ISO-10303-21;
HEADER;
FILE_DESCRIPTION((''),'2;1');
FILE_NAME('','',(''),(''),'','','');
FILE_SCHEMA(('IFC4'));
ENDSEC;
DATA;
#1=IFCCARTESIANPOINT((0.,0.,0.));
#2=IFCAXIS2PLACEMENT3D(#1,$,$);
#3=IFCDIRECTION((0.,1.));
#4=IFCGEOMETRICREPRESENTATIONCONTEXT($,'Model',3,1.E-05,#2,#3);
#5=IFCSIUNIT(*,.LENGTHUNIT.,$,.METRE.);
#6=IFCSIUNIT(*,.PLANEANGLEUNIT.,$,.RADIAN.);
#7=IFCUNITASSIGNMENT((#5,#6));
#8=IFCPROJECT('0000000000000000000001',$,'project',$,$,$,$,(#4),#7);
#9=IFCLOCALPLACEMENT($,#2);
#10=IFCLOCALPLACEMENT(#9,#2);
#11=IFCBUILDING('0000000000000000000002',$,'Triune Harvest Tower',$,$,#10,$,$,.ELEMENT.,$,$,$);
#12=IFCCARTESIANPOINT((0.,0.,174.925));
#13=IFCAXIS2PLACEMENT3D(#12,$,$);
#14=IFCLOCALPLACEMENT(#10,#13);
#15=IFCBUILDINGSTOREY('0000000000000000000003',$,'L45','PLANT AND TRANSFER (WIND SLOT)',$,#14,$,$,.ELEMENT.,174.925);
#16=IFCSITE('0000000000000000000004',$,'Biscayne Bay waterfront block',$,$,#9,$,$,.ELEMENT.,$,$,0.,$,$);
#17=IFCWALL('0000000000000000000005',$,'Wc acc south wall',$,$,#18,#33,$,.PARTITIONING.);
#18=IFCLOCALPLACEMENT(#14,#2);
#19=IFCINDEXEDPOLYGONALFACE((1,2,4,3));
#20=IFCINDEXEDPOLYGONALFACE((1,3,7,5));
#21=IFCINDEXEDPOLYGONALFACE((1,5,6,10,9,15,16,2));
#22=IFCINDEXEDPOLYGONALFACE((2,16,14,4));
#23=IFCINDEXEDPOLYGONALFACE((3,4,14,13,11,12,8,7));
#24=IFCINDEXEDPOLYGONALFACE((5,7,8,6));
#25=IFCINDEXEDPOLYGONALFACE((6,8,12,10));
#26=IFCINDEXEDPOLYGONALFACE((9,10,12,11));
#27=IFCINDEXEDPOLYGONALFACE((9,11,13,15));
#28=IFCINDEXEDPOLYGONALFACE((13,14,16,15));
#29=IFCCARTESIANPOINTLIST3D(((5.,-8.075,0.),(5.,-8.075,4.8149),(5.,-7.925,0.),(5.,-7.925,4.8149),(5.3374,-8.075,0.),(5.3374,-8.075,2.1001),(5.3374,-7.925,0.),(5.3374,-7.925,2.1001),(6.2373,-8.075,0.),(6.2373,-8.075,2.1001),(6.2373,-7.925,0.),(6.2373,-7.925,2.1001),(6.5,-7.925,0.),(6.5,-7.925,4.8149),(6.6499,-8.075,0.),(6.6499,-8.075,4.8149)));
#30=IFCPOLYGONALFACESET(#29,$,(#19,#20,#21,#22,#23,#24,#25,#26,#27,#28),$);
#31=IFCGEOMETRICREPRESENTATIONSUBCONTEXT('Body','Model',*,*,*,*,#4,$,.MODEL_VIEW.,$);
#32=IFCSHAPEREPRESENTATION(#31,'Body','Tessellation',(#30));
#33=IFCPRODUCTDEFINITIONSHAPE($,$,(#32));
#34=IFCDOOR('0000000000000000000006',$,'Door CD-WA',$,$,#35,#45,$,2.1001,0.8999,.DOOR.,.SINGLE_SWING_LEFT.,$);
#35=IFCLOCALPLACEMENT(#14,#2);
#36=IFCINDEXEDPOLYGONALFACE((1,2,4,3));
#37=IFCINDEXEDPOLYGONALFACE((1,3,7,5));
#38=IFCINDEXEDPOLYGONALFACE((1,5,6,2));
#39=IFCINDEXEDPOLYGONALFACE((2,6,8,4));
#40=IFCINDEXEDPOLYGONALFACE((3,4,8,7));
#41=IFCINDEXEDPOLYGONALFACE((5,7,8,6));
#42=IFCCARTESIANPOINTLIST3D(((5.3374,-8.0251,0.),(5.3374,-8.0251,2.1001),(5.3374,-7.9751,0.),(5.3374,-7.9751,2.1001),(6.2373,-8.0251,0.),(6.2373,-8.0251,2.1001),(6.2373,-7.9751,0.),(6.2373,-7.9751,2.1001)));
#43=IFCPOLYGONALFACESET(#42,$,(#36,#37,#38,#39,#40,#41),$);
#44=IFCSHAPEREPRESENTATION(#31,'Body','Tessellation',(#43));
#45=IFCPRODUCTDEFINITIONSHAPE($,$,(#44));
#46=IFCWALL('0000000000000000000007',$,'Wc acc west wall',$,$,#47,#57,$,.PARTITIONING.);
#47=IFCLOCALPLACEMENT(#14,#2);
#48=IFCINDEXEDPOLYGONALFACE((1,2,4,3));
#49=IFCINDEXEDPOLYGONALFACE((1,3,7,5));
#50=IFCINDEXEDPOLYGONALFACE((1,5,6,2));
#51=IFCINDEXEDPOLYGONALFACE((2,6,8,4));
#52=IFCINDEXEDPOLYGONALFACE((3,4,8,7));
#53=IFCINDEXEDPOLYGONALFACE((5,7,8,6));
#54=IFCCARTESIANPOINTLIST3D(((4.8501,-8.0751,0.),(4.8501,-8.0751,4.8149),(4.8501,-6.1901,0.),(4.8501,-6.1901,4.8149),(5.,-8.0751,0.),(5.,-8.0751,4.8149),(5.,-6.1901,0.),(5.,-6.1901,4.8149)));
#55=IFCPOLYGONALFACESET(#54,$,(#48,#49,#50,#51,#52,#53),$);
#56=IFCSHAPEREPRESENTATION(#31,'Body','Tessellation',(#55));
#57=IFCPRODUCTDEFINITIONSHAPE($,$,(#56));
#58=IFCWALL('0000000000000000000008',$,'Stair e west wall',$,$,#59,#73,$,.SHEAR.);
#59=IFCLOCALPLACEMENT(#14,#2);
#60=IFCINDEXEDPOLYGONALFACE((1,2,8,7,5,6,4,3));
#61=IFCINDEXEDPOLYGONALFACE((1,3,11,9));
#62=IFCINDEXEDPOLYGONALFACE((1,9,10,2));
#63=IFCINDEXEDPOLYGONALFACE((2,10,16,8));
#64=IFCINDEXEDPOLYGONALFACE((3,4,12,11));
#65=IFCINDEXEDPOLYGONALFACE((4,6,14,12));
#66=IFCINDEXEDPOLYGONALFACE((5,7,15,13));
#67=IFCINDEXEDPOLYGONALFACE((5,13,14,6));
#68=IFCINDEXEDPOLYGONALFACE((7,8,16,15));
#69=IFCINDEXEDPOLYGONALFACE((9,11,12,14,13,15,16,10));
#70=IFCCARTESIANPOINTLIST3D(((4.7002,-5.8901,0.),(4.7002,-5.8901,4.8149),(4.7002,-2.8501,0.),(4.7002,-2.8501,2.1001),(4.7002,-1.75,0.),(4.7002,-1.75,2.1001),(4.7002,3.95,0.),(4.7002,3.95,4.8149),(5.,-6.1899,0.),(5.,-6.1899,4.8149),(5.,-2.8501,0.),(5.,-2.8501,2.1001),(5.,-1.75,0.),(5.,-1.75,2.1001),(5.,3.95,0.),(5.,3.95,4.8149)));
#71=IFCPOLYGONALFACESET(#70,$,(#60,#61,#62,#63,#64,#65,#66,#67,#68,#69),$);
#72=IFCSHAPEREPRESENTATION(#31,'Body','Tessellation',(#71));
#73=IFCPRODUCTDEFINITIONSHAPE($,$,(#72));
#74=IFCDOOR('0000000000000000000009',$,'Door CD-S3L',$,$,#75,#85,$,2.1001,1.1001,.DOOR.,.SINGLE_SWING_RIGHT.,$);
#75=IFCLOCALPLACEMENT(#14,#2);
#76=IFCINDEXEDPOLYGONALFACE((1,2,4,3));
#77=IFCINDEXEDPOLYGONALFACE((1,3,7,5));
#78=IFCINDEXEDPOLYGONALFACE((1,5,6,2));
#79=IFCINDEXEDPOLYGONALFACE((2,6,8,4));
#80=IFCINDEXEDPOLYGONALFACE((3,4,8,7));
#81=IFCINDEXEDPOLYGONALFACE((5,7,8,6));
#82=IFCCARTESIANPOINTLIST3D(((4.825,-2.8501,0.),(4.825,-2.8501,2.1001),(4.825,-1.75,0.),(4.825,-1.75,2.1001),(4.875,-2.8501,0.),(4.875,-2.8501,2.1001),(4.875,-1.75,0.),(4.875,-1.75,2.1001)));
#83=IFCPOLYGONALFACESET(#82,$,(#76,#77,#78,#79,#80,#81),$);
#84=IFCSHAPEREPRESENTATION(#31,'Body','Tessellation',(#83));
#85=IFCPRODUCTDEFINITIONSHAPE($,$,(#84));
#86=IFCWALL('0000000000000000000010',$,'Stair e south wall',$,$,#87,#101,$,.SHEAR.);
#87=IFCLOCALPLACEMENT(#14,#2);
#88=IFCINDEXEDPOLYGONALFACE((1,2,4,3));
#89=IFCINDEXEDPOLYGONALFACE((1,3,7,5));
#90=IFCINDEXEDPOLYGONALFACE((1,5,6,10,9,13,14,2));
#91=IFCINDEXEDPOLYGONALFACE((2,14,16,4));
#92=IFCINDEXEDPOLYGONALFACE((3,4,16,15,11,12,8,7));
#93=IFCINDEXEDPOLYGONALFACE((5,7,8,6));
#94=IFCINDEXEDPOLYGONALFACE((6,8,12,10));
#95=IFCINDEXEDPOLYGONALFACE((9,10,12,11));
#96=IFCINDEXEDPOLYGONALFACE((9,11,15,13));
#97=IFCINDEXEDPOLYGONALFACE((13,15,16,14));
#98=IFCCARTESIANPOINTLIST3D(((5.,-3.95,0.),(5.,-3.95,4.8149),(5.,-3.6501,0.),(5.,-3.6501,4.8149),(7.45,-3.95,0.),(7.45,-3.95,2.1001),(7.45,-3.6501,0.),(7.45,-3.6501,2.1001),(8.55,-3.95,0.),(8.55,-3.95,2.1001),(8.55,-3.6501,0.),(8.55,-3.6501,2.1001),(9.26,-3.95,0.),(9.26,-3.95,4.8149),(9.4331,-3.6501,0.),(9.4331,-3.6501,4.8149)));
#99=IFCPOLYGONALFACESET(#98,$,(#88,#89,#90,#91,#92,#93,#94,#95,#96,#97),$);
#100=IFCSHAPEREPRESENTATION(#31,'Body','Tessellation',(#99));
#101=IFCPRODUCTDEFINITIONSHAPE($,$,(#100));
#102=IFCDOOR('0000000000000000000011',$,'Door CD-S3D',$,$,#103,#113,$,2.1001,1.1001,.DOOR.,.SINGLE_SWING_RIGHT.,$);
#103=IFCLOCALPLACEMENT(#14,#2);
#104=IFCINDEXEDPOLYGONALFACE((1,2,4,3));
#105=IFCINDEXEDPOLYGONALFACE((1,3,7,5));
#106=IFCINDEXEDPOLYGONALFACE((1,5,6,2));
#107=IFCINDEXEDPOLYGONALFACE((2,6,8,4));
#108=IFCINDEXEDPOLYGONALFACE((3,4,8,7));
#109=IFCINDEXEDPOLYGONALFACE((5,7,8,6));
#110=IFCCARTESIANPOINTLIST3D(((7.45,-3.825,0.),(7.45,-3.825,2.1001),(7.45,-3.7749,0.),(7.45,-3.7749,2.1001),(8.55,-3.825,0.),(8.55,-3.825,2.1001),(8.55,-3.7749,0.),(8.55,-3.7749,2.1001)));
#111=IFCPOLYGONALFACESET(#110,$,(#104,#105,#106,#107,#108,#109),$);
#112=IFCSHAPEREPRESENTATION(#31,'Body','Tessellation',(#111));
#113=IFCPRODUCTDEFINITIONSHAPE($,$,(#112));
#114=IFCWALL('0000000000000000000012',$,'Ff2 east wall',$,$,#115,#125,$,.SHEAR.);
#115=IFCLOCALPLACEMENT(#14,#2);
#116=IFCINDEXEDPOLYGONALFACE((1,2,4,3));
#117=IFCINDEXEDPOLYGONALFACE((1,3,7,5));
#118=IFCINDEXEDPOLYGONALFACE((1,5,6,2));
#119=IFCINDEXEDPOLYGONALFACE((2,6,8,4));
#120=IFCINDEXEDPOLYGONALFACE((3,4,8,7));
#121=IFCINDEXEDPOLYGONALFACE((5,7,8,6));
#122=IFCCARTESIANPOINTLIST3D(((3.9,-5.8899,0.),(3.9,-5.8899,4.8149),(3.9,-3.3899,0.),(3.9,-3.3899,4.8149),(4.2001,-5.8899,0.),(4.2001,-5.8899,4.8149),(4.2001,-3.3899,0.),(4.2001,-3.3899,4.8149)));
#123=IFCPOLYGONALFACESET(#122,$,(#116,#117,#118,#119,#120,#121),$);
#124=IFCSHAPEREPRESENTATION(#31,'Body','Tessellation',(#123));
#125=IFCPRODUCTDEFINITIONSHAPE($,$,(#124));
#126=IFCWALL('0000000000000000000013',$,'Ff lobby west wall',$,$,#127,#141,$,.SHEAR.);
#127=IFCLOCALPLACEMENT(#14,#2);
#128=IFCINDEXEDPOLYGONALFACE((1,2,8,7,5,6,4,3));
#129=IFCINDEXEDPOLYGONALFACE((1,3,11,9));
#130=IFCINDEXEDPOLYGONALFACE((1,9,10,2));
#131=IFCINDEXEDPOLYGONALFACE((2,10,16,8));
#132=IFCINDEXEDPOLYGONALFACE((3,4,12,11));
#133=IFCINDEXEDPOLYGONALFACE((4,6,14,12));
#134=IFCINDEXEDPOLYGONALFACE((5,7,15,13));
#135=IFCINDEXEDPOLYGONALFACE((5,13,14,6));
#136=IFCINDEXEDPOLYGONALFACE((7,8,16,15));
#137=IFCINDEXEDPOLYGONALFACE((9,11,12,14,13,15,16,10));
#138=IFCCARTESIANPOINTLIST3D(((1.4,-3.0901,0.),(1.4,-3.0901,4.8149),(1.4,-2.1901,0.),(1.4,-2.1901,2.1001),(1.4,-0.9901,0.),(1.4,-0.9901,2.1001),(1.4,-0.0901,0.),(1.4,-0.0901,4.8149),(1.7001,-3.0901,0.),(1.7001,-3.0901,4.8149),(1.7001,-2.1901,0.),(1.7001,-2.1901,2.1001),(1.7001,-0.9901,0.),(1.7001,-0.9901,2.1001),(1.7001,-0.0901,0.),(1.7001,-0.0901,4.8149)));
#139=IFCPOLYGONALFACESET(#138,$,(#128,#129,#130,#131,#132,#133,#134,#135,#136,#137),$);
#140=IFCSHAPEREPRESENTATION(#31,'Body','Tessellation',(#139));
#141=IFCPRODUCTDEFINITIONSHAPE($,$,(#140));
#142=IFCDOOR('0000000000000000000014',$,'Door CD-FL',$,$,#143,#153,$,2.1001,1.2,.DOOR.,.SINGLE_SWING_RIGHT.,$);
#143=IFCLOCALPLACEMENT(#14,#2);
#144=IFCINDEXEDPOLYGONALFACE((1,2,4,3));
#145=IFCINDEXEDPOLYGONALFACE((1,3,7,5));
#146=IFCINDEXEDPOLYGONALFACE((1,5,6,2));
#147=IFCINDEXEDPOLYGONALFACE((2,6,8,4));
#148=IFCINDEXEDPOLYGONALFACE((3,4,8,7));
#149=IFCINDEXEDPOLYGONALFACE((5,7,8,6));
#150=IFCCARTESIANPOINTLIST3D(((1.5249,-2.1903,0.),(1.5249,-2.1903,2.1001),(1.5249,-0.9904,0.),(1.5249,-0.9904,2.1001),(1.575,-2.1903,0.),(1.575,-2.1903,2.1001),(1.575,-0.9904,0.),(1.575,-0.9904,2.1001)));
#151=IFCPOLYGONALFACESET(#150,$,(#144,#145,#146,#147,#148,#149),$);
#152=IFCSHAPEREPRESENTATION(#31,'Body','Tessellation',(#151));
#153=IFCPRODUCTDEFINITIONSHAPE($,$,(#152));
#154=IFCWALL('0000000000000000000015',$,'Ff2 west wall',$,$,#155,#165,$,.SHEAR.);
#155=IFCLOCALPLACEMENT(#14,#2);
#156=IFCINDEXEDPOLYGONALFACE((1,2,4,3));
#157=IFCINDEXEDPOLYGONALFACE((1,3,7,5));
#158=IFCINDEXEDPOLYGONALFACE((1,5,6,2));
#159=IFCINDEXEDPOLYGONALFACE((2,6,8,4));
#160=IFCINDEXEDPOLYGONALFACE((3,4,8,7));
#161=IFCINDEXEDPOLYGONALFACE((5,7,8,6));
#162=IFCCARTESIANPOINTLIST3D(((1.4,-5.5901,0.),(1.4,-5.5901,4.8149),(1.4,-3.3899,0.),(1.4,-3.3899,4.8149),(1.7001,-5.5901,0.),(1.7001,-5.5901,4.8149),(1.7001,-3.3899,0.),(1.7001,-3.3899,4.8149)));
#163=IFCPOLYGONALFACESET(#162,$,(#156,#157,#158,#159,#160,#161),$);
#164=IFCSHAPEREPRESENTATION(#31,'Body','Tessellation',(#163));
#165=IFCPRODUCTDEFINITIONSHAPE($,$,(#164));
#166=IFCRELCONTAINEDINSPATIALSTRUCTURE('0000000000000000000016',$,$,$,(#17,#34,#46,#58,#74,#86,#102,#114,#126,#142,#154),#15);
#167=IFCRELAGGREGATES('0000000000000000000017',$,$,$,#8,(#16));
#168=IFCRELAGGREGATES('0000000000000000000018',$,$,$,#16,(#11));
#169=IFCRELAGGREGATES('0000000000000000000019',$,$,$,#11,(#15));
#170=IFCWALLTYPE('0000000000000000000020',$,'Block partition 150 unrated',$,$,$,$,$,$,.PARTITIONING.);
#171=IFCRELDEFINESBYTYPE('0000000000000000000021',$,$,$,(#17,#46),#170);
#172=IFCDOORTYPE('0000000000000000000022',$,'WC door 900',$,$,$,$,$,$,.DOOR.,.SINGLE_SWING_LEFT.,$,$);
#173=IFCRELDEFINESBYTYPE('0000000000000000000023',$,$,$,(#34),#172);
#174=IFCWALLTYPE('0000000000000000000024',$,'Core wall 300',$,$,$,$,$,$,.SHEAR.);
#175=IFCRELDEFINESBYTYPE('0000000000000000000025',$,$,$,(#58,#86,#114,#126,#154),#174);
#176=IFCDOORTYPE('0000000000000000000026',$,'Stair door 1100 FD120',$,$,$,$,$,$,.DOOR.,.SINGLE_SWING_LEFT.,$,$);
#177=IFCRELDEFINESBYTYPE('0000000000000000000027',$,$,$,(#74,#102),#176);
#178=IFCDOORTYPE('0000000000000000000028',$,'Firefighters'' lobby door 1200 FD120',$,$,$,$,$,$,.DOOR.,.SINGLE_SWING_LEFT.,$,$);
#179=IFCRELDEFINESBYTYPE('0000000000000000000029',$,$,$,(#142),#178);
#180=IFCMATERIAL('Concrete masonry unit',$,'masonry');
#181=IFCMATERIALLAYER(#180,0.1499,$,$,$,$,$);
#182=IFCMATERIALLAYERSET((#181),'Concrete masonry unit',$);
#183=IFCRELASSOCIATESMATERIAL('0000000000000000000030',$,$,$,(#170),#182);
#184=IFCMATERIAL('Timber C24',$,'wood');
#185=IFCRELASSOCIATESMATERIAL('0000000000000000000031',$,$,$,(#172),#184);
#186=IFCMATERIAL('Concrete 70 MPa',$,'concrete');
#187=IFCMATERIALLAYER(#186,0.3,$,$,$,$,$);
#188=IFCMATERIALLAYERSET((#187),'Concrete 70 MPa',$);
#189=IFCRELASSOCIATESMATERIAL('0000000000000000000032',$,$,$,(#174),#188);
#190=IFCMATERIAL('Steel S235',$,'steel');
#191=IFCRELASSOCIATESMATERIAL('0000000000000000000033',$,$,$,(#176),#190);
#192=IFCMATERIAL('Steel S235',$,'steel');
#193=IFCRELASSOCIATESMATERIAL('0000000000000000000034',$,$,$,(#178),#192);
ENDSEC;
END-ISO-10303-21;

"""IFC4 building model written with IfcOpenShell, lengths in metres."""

from ifc_helpers import new_model, si_unit, direction, frame, frame_2d, origin, place, context, subcontext, project, spatial, polyline, rectangle, outline, extrude, source, transform, mapped, material, layer, layer_set, type_object, element, fill, save


model = new_model("IFC4")

# Units and contexts
model_context = context("Model", 3, precision=1e-05, world=origin(), true_north=direction((0.0, 1.0)))
body_context = subcontext(model_context, "Body", "Model", "MODEL_VIEW")
ifc_project = project(units=[si_unit("LENGTHUNIT", "METRE"), si_unit("PLANEANGLEUNIT", "RADIAN")], contexts=[model_context])

# Site, building, storey
site_placement = place(None, origin())
site = spatial("IfcSite", under=ifc_project, at=site_placement, Name="Biscayne Bay waterfront block", CompositionType="ELEMENT", RefElevation=0.0)
building_placement = place(site_placement, origin())
building = spatial("IfcBuilding", under=site, at=building_placement, Name="Triune Harvest Tower", CompositionType="ELEMENT")
storey_placement = place(building_placement, frame((0.0, 0.0, 174.925)))
storey = spatial("IfcBuildingStorey", under=building, at=storey_placement, Name="L45", Description="PLANT AND TRANSFER (WIND SLOT)", CompositionType="ELEMENT", Elevation=174.925)

# Wall, opening, door
ifc_material_1 = material(Name="Concrete masonry unit", Category="masonry")
ifc_layer_1 = layer(ifc_material_1, 0.1499)
ifc_layer_set_1 = layer_set([ifc_layer_1], Name="Concrete masonry unit")
wall_type_1 = type_object("IfcWallType", Name="Block partition 150 unrated", PredefinedType="PARTITIONING", material=ifc_layer_set_1)
wall_1_placement = place(storey_placement, frame((5.0, -8.0, 0.0), z_axis=(0.0, 0.0, 1.0), x_axis=(1.0, 0.0, 0.0)))
wall_1 = element("IfcWall", 1, at=wall_1_placement, inside=storey, type_object=wall_type_1, Name="Wc acc south wall", PredefinedType="PARTITIONING", context=body_context, shape_type="SweptSolid", body=[
    extrude(outline(polyline([(0.0, -0.075), (1.6499, -0.075), (1.5, 0.075), (0.0, 0.075), (0.0, -0.075)])), origin(), (0.0, 0.0, 1.0), 4.8149),
])
opening_1_placement = place(wall_1_placement, frame((0.3374, 0.0, 0.0)))
opening_1 = element("IfcOpeningElement", 2, at=opening_1_placement, cuts=wall_1, PredefinedType="OPENING", context=body_context, shape_type="SweptSolid", body=[
    extrude(rectangle(XDim=0.8999, YDim=2.1001, at=frame_2d((0.45, 1.05))), frame((0.0, 0.085, 0.0), z_axis=(0.0, -1.0, 0.0), x_axis=(1.0, 0.0, 0.0)), (0.0, 0.0, 1.0), 0.1699),
])
ifc_material_2 = material(Name="Timber C24", Category="wood")
door_type_1 = type_object("IfcDoorType", Name="WC door 900", OperationType="SINGLE_SWING_LEFT", PredefinedType="DOOR", material=ifc_material_2)
door_1_placement = place(opening_1_placement, origin())
door_1 = element("IfcDoor", 3, at=door_1_placement, inside=storey, type_object=door_type_1, Name="Door CD-WA", OperationType="SINGLE_SWING_LEFT", OverallHeight=2.1001, OverallWidth=0.8999, PredefinedType="DOOR", context=body_context, shape_type="SweptSolid", body=[
    extrude(rectangle(XDim=0.8999, YDim=2.1001, at=frame_2d((0.45, 1.05))), frame((0.0, 0.0249, 0.0), z_axis=(0.0, -1.0, 0.0), x_axis=(1.0, 0.0, 0.0)), (0.0, 0.0, 1.0), 0.05),
])
fill(opening_1, door_1)

# Wall
wall_2_placement = place(storey_placement, frame((4.925, -8.075, 0.0), z_axis=(0.0, 0.0, 1.0), x_axis=(0.0, 1.0, 0.0)))
element("IfcWall", 4, at=wall_2_placement, inside=storey, type_object=wall_type_1, Name="Wc acc west wall", PredefinedType="PARTITIONING", context=body_context, shape_type="SweptSolid", body=[
    extrude(rectangle(XDim=1.885, YDim=0.1499, at=frame_2d((0.9424, 0.0))), origin(), (0.0, 0.0, 1.0), 4.8149),
])

# Walls, openings, doors
ifc_material_3 = material(Name="Concrete 70 MPa", Category="concrete")
ifc_layer_2 = layer(ifc_material_3, 0.3)
ifc_layer_set_2 = layer_set([ifc_layer_2], Name="Concrete 70 MPa")
wall_type_2 = type_object("IfcWallType", Name="Core wall 300", PredefinedType="SHEAR", material=ifc_layer_set_2)
wall_3_placement = place(storey_placement, frame((4.8501, -6.04, 0.0), z_axis=(0.0, 0.0, 1.0), x_axis=(0.0, 1.0, 0.0)))
wall_3 = element("IfcWall", 5, at=wall_3_placement, inside=storey, type_object=wall_type_2, Name="Stair e west wall", PredefinedType="SHEAR", context=body_context, shape_type="SweptSolid", body=[
    extrude(outline(polyline([(-0.1499, -0.1499), (9.99, -0.1499), (9.99, 0.1499), (0.1499, 0.1499), (-0.1499, -0.1499)])), origin(), (0.0, 0.0, 1.0), 4.8149),
])
opening_2_placement = place(wall_3_placement, frame((3.1899, 0.0, 0.0)))
opening_2 = element("IfcOpeningElement", 6, at=opening_2_placement, cuts=wall_3, PredefinedType="OPENING", context=body_context, shape_type="SweptSolid", body=[
    extrude(rectangle(XDim=1.1001, YDim=2.1001, at=frame_2d((0.55, 1.05))), frame((0.0, 0.1602, 0.0), z_axis=(0.0, -1.0, 0.0), x_axis=(1.0, 0.0, 0.0)), (0.0, 0.0, 1.0), 0.3201),
])
ifc_material_4 = material(Name="Steel S235", Category="steel")
door_type_2 = type_object("IfcDoorType", Name="Stair door 1100 FD120", OperationType="SINGLE_SWING_LEFT", PredefinedType="DOOR", material=ifc_material_4)
door_2_placement = place(opening_2_placement, frame((1.1001, 0.0, 0.0), z_axis=(0.0, 0.0, 1.0), x_axis=(-1.0, 0.0, 0.0)))
door_2 = element("IfcDoor", 7, at=door_2_placement, inside=storey, type_object=door_type_2, Name="Door CD-S3L", OperationType="SINGLE_SWING_RIGHT", OverallHeight=2.1001, OverallWidth=1.1001, PredefinedType="DOOR", context=body_context, shape_type="SweptSolid", body=[
    extrude(rectangle(XDim=1.1001, YDim=2.1001, at=frame_2d((0.55, 1.05))), frame((0.0, 0.0249, 0.0), z_axis=(0.0, -1.0, 0.0), x_axis=(1.0, 0.0, 0.0)), (0.0, 0.0, 1.0), 0.05),
])
fill(opening_2, door_2)
wall_4_placement = place(storey_placement, frame((5.0, -3.8, 0.0), z_axis=(0.0, 0.0, 1.0), x_axis=(1.0, 0.0, 0.0)))
wall_4 = element("IfcWall", 8, at=wall_4_placement, inside=storey, type_object=wall_type_2, Name="Stair e south wall", PredefinedType="SHEAR", context=body_context, shape_type="SweptSolid", body=[
    extrude(outline(polyline([(0.0, -0.1499), (0.0, 0.1499), (4.4331, 0.1499), (4.26, -0.1499), (0.0, -0.1499)])), origin(), (0.0, 0.0, 1.0), 4.8149),
])
opening_3_placement = place(wall_4_placement, frame((2.45, 0.0, 0.0)))
opening_3 = element("IfcOpeningElement", 9, at=opening_3_placement, cuts=wall_4, PredefinedType="OPENING", context=body_context, shape_type="SweptSolid", body=[
    extrude(rectangle(XDim=1.1001, YDim=2.1001, at=frame_2d((0.55, 1.05))), frame((0.0, 0.1602, 0.0), z_axis=(0.0, -1.0, 0.0), x_axis=(1.0, 0.0, 0.0)), (0.0, 0.0, 1.0), 0.3201),
])
door_3_placement = place(opening_3_placement, frame((1.1001, 0.0, 0.0), z_axis=(0.0, 0.0, 1.0), x_axis=(-1.0, 0.0, 0.0)))
door_3 = element("IfcDoor", 10, at=door_3_placement, inside=storey, type_object=door_type_2, Name="Door CD-S3D", OperationType="SINGLE_SWING_RIGHT", OverallHeight=2.1001, OverallWidth=1.1001, PredefinedType="DOOR", context=body_context, shape_type="SweptSolid", body=[
    extrude(rectangle(XDim=1.1001, YDim=2.1001, at=frame_2d((0.55, 1.05))), frame((0.0, 0.0249, 0.0), z_axis=(0.0, -1.0, 0.0), x_axis=(1.0, 0.0, 0.0)), (0.0, 0.0, 1.0), 0.05),
])
fill(opening_3, door_3)

# Wall
shared_shape_1 = source(origin(), body_context, "Body", "SweptSolid", [
    extrude(rectangle(XDim=2.5, YDim=0.3, at=frame_2d((1.25, 0.0))), origin(), (0.0, 0.0, 1.0), 4.8149),
])
wall_5_placement = place(storey_placement, frame((4.05, -5.8899, 0.0), z_axis=(0.0, 0.0, 1.0), x_axis=(0.0, 1.0, 0.0)))
element("IfcWall", 11, at=wall_5_placement, inside=storey, type_object=wall_type_2, Name="Ff2 east wall", PredefinedType="SHEAR", context=body_context, shape_type="MappedRepresentation", body=[
    mapped(shared_shape_1, transform((0.0, 0.0, 0.0), scale=1.0)),
])

# Wall, opening, door
shared_shape_2 = source(origin(), body_context, "Body", "SweptSolid", [
    extrude(rectangle(XDim=3.0, YDim=0.3, at=frame_2d((1.5, 0.0))), origin(), (0.0, 0.0, 1.0), 4.8149),
])
wall_6_placement = place(storey_placement, frame((1.55, -3.0901, 0.0), z_axis=(0.0, 0.0, 1.0), x_axis=(0.0, 1.0, 0.0)))
wall_6 = element("IfcWall", 12, at=wall_6_placement, inside=storey, type_object=wall_type_2, Name="Ff lobby west wall", PredefinedType="SHEAR", context=body_context, shape_type="MappedRepresentation", body=[
    mapped(shared_shape_2, transform((0.0, 0.0, 0.0), scale=1.0)),
])
opening_4_placement = place(wall_6_placement, frame((0.8999, 0.0, 0.0)))
opening_4 = element("IfcOpeningElement", 13, at=opening_4_placement, cuts=wall_6, PredefinedType="OPENING", context=body_context, shape_type="SweptSolid", body=[
    extrude(rectangle(XDim=1.2, YDim=2.1001, at=frame_2d((0.6001, 1.05))), frame((0.0, 0.1602, 0.0), z_axis=(0.0, -1.0, 0.0), x_axis=(1.0, 0.0, 0.0)), (0.0, 0.0, 1.0), 0.3201),
])
ifc_material_5 = material(Name="Steel S235", Category="steel")
door_type_3 = type_object("IfcDoorType", Name="Firefighters' lobby door 1200 FD120", OperationType="SINGLE_SWING_LEFT", PredefinedType="DOOR", material=ifc_material_5)
door_4_placement = place(opening_4_placement, frame((1.2, 0.0, 0.0), z_axis=(0.0, 0.0, 1.0), x_axis=(-1.0, 0.0, 0.0)))
door_4 = element("IfcDoor", 14, at=door_4_placement, inside=storey, type_object=door_type_3, Name="Door CD-FL", OperationType="SINGLE_SWING_RIGHT", OverallHeight=2.1001, OverallWidth=1.2, PredefinedType="DOOR", context=body_context, shape_type="SweptSolid", body=[
    extrude(rectangle(XDim=1.2, YDim=2.1001, at=frame_2d((0.6001, 1.05))), frame((0.0, 0.0249, 0.0), z_axis=(0.0, -1.0, 0.0), x_axis=(1.0, 0.0, 0.0)), (0.0, 0.0, 1.0), 0.05),
])
fill(opening_4, door_4)

# Wall
shared_shape_3 = source(origin(), body_context, "Body", "SweptSolid", [
    extrude(rectangle(XDim=2.2002, YDim=0.3, at=frame_2d((1.1001, 0.0))), origin(), (0.0, 0.0, 1.0), 4.8149),
])
wall_7_placement = place(storey_placement, frame((1.55, -5.5901, 0.0), z_axis=(0.0, 0.0, 1.0), x_axis=(0.0, 1.0, 0.0)))
element("IfcWall", 15, at=wall_7_placement, inside=storey, type_object=wall_type_2, Name="Ff2 west wall", PredefinedType="SHEAR", context=body_context, shape_type="MappedRepresentation", body=[
    mapped(shared_shape_3, transform((0.0, 0.0, 0.0), scale=1.0)),
])

save(model, "model.ifc")
